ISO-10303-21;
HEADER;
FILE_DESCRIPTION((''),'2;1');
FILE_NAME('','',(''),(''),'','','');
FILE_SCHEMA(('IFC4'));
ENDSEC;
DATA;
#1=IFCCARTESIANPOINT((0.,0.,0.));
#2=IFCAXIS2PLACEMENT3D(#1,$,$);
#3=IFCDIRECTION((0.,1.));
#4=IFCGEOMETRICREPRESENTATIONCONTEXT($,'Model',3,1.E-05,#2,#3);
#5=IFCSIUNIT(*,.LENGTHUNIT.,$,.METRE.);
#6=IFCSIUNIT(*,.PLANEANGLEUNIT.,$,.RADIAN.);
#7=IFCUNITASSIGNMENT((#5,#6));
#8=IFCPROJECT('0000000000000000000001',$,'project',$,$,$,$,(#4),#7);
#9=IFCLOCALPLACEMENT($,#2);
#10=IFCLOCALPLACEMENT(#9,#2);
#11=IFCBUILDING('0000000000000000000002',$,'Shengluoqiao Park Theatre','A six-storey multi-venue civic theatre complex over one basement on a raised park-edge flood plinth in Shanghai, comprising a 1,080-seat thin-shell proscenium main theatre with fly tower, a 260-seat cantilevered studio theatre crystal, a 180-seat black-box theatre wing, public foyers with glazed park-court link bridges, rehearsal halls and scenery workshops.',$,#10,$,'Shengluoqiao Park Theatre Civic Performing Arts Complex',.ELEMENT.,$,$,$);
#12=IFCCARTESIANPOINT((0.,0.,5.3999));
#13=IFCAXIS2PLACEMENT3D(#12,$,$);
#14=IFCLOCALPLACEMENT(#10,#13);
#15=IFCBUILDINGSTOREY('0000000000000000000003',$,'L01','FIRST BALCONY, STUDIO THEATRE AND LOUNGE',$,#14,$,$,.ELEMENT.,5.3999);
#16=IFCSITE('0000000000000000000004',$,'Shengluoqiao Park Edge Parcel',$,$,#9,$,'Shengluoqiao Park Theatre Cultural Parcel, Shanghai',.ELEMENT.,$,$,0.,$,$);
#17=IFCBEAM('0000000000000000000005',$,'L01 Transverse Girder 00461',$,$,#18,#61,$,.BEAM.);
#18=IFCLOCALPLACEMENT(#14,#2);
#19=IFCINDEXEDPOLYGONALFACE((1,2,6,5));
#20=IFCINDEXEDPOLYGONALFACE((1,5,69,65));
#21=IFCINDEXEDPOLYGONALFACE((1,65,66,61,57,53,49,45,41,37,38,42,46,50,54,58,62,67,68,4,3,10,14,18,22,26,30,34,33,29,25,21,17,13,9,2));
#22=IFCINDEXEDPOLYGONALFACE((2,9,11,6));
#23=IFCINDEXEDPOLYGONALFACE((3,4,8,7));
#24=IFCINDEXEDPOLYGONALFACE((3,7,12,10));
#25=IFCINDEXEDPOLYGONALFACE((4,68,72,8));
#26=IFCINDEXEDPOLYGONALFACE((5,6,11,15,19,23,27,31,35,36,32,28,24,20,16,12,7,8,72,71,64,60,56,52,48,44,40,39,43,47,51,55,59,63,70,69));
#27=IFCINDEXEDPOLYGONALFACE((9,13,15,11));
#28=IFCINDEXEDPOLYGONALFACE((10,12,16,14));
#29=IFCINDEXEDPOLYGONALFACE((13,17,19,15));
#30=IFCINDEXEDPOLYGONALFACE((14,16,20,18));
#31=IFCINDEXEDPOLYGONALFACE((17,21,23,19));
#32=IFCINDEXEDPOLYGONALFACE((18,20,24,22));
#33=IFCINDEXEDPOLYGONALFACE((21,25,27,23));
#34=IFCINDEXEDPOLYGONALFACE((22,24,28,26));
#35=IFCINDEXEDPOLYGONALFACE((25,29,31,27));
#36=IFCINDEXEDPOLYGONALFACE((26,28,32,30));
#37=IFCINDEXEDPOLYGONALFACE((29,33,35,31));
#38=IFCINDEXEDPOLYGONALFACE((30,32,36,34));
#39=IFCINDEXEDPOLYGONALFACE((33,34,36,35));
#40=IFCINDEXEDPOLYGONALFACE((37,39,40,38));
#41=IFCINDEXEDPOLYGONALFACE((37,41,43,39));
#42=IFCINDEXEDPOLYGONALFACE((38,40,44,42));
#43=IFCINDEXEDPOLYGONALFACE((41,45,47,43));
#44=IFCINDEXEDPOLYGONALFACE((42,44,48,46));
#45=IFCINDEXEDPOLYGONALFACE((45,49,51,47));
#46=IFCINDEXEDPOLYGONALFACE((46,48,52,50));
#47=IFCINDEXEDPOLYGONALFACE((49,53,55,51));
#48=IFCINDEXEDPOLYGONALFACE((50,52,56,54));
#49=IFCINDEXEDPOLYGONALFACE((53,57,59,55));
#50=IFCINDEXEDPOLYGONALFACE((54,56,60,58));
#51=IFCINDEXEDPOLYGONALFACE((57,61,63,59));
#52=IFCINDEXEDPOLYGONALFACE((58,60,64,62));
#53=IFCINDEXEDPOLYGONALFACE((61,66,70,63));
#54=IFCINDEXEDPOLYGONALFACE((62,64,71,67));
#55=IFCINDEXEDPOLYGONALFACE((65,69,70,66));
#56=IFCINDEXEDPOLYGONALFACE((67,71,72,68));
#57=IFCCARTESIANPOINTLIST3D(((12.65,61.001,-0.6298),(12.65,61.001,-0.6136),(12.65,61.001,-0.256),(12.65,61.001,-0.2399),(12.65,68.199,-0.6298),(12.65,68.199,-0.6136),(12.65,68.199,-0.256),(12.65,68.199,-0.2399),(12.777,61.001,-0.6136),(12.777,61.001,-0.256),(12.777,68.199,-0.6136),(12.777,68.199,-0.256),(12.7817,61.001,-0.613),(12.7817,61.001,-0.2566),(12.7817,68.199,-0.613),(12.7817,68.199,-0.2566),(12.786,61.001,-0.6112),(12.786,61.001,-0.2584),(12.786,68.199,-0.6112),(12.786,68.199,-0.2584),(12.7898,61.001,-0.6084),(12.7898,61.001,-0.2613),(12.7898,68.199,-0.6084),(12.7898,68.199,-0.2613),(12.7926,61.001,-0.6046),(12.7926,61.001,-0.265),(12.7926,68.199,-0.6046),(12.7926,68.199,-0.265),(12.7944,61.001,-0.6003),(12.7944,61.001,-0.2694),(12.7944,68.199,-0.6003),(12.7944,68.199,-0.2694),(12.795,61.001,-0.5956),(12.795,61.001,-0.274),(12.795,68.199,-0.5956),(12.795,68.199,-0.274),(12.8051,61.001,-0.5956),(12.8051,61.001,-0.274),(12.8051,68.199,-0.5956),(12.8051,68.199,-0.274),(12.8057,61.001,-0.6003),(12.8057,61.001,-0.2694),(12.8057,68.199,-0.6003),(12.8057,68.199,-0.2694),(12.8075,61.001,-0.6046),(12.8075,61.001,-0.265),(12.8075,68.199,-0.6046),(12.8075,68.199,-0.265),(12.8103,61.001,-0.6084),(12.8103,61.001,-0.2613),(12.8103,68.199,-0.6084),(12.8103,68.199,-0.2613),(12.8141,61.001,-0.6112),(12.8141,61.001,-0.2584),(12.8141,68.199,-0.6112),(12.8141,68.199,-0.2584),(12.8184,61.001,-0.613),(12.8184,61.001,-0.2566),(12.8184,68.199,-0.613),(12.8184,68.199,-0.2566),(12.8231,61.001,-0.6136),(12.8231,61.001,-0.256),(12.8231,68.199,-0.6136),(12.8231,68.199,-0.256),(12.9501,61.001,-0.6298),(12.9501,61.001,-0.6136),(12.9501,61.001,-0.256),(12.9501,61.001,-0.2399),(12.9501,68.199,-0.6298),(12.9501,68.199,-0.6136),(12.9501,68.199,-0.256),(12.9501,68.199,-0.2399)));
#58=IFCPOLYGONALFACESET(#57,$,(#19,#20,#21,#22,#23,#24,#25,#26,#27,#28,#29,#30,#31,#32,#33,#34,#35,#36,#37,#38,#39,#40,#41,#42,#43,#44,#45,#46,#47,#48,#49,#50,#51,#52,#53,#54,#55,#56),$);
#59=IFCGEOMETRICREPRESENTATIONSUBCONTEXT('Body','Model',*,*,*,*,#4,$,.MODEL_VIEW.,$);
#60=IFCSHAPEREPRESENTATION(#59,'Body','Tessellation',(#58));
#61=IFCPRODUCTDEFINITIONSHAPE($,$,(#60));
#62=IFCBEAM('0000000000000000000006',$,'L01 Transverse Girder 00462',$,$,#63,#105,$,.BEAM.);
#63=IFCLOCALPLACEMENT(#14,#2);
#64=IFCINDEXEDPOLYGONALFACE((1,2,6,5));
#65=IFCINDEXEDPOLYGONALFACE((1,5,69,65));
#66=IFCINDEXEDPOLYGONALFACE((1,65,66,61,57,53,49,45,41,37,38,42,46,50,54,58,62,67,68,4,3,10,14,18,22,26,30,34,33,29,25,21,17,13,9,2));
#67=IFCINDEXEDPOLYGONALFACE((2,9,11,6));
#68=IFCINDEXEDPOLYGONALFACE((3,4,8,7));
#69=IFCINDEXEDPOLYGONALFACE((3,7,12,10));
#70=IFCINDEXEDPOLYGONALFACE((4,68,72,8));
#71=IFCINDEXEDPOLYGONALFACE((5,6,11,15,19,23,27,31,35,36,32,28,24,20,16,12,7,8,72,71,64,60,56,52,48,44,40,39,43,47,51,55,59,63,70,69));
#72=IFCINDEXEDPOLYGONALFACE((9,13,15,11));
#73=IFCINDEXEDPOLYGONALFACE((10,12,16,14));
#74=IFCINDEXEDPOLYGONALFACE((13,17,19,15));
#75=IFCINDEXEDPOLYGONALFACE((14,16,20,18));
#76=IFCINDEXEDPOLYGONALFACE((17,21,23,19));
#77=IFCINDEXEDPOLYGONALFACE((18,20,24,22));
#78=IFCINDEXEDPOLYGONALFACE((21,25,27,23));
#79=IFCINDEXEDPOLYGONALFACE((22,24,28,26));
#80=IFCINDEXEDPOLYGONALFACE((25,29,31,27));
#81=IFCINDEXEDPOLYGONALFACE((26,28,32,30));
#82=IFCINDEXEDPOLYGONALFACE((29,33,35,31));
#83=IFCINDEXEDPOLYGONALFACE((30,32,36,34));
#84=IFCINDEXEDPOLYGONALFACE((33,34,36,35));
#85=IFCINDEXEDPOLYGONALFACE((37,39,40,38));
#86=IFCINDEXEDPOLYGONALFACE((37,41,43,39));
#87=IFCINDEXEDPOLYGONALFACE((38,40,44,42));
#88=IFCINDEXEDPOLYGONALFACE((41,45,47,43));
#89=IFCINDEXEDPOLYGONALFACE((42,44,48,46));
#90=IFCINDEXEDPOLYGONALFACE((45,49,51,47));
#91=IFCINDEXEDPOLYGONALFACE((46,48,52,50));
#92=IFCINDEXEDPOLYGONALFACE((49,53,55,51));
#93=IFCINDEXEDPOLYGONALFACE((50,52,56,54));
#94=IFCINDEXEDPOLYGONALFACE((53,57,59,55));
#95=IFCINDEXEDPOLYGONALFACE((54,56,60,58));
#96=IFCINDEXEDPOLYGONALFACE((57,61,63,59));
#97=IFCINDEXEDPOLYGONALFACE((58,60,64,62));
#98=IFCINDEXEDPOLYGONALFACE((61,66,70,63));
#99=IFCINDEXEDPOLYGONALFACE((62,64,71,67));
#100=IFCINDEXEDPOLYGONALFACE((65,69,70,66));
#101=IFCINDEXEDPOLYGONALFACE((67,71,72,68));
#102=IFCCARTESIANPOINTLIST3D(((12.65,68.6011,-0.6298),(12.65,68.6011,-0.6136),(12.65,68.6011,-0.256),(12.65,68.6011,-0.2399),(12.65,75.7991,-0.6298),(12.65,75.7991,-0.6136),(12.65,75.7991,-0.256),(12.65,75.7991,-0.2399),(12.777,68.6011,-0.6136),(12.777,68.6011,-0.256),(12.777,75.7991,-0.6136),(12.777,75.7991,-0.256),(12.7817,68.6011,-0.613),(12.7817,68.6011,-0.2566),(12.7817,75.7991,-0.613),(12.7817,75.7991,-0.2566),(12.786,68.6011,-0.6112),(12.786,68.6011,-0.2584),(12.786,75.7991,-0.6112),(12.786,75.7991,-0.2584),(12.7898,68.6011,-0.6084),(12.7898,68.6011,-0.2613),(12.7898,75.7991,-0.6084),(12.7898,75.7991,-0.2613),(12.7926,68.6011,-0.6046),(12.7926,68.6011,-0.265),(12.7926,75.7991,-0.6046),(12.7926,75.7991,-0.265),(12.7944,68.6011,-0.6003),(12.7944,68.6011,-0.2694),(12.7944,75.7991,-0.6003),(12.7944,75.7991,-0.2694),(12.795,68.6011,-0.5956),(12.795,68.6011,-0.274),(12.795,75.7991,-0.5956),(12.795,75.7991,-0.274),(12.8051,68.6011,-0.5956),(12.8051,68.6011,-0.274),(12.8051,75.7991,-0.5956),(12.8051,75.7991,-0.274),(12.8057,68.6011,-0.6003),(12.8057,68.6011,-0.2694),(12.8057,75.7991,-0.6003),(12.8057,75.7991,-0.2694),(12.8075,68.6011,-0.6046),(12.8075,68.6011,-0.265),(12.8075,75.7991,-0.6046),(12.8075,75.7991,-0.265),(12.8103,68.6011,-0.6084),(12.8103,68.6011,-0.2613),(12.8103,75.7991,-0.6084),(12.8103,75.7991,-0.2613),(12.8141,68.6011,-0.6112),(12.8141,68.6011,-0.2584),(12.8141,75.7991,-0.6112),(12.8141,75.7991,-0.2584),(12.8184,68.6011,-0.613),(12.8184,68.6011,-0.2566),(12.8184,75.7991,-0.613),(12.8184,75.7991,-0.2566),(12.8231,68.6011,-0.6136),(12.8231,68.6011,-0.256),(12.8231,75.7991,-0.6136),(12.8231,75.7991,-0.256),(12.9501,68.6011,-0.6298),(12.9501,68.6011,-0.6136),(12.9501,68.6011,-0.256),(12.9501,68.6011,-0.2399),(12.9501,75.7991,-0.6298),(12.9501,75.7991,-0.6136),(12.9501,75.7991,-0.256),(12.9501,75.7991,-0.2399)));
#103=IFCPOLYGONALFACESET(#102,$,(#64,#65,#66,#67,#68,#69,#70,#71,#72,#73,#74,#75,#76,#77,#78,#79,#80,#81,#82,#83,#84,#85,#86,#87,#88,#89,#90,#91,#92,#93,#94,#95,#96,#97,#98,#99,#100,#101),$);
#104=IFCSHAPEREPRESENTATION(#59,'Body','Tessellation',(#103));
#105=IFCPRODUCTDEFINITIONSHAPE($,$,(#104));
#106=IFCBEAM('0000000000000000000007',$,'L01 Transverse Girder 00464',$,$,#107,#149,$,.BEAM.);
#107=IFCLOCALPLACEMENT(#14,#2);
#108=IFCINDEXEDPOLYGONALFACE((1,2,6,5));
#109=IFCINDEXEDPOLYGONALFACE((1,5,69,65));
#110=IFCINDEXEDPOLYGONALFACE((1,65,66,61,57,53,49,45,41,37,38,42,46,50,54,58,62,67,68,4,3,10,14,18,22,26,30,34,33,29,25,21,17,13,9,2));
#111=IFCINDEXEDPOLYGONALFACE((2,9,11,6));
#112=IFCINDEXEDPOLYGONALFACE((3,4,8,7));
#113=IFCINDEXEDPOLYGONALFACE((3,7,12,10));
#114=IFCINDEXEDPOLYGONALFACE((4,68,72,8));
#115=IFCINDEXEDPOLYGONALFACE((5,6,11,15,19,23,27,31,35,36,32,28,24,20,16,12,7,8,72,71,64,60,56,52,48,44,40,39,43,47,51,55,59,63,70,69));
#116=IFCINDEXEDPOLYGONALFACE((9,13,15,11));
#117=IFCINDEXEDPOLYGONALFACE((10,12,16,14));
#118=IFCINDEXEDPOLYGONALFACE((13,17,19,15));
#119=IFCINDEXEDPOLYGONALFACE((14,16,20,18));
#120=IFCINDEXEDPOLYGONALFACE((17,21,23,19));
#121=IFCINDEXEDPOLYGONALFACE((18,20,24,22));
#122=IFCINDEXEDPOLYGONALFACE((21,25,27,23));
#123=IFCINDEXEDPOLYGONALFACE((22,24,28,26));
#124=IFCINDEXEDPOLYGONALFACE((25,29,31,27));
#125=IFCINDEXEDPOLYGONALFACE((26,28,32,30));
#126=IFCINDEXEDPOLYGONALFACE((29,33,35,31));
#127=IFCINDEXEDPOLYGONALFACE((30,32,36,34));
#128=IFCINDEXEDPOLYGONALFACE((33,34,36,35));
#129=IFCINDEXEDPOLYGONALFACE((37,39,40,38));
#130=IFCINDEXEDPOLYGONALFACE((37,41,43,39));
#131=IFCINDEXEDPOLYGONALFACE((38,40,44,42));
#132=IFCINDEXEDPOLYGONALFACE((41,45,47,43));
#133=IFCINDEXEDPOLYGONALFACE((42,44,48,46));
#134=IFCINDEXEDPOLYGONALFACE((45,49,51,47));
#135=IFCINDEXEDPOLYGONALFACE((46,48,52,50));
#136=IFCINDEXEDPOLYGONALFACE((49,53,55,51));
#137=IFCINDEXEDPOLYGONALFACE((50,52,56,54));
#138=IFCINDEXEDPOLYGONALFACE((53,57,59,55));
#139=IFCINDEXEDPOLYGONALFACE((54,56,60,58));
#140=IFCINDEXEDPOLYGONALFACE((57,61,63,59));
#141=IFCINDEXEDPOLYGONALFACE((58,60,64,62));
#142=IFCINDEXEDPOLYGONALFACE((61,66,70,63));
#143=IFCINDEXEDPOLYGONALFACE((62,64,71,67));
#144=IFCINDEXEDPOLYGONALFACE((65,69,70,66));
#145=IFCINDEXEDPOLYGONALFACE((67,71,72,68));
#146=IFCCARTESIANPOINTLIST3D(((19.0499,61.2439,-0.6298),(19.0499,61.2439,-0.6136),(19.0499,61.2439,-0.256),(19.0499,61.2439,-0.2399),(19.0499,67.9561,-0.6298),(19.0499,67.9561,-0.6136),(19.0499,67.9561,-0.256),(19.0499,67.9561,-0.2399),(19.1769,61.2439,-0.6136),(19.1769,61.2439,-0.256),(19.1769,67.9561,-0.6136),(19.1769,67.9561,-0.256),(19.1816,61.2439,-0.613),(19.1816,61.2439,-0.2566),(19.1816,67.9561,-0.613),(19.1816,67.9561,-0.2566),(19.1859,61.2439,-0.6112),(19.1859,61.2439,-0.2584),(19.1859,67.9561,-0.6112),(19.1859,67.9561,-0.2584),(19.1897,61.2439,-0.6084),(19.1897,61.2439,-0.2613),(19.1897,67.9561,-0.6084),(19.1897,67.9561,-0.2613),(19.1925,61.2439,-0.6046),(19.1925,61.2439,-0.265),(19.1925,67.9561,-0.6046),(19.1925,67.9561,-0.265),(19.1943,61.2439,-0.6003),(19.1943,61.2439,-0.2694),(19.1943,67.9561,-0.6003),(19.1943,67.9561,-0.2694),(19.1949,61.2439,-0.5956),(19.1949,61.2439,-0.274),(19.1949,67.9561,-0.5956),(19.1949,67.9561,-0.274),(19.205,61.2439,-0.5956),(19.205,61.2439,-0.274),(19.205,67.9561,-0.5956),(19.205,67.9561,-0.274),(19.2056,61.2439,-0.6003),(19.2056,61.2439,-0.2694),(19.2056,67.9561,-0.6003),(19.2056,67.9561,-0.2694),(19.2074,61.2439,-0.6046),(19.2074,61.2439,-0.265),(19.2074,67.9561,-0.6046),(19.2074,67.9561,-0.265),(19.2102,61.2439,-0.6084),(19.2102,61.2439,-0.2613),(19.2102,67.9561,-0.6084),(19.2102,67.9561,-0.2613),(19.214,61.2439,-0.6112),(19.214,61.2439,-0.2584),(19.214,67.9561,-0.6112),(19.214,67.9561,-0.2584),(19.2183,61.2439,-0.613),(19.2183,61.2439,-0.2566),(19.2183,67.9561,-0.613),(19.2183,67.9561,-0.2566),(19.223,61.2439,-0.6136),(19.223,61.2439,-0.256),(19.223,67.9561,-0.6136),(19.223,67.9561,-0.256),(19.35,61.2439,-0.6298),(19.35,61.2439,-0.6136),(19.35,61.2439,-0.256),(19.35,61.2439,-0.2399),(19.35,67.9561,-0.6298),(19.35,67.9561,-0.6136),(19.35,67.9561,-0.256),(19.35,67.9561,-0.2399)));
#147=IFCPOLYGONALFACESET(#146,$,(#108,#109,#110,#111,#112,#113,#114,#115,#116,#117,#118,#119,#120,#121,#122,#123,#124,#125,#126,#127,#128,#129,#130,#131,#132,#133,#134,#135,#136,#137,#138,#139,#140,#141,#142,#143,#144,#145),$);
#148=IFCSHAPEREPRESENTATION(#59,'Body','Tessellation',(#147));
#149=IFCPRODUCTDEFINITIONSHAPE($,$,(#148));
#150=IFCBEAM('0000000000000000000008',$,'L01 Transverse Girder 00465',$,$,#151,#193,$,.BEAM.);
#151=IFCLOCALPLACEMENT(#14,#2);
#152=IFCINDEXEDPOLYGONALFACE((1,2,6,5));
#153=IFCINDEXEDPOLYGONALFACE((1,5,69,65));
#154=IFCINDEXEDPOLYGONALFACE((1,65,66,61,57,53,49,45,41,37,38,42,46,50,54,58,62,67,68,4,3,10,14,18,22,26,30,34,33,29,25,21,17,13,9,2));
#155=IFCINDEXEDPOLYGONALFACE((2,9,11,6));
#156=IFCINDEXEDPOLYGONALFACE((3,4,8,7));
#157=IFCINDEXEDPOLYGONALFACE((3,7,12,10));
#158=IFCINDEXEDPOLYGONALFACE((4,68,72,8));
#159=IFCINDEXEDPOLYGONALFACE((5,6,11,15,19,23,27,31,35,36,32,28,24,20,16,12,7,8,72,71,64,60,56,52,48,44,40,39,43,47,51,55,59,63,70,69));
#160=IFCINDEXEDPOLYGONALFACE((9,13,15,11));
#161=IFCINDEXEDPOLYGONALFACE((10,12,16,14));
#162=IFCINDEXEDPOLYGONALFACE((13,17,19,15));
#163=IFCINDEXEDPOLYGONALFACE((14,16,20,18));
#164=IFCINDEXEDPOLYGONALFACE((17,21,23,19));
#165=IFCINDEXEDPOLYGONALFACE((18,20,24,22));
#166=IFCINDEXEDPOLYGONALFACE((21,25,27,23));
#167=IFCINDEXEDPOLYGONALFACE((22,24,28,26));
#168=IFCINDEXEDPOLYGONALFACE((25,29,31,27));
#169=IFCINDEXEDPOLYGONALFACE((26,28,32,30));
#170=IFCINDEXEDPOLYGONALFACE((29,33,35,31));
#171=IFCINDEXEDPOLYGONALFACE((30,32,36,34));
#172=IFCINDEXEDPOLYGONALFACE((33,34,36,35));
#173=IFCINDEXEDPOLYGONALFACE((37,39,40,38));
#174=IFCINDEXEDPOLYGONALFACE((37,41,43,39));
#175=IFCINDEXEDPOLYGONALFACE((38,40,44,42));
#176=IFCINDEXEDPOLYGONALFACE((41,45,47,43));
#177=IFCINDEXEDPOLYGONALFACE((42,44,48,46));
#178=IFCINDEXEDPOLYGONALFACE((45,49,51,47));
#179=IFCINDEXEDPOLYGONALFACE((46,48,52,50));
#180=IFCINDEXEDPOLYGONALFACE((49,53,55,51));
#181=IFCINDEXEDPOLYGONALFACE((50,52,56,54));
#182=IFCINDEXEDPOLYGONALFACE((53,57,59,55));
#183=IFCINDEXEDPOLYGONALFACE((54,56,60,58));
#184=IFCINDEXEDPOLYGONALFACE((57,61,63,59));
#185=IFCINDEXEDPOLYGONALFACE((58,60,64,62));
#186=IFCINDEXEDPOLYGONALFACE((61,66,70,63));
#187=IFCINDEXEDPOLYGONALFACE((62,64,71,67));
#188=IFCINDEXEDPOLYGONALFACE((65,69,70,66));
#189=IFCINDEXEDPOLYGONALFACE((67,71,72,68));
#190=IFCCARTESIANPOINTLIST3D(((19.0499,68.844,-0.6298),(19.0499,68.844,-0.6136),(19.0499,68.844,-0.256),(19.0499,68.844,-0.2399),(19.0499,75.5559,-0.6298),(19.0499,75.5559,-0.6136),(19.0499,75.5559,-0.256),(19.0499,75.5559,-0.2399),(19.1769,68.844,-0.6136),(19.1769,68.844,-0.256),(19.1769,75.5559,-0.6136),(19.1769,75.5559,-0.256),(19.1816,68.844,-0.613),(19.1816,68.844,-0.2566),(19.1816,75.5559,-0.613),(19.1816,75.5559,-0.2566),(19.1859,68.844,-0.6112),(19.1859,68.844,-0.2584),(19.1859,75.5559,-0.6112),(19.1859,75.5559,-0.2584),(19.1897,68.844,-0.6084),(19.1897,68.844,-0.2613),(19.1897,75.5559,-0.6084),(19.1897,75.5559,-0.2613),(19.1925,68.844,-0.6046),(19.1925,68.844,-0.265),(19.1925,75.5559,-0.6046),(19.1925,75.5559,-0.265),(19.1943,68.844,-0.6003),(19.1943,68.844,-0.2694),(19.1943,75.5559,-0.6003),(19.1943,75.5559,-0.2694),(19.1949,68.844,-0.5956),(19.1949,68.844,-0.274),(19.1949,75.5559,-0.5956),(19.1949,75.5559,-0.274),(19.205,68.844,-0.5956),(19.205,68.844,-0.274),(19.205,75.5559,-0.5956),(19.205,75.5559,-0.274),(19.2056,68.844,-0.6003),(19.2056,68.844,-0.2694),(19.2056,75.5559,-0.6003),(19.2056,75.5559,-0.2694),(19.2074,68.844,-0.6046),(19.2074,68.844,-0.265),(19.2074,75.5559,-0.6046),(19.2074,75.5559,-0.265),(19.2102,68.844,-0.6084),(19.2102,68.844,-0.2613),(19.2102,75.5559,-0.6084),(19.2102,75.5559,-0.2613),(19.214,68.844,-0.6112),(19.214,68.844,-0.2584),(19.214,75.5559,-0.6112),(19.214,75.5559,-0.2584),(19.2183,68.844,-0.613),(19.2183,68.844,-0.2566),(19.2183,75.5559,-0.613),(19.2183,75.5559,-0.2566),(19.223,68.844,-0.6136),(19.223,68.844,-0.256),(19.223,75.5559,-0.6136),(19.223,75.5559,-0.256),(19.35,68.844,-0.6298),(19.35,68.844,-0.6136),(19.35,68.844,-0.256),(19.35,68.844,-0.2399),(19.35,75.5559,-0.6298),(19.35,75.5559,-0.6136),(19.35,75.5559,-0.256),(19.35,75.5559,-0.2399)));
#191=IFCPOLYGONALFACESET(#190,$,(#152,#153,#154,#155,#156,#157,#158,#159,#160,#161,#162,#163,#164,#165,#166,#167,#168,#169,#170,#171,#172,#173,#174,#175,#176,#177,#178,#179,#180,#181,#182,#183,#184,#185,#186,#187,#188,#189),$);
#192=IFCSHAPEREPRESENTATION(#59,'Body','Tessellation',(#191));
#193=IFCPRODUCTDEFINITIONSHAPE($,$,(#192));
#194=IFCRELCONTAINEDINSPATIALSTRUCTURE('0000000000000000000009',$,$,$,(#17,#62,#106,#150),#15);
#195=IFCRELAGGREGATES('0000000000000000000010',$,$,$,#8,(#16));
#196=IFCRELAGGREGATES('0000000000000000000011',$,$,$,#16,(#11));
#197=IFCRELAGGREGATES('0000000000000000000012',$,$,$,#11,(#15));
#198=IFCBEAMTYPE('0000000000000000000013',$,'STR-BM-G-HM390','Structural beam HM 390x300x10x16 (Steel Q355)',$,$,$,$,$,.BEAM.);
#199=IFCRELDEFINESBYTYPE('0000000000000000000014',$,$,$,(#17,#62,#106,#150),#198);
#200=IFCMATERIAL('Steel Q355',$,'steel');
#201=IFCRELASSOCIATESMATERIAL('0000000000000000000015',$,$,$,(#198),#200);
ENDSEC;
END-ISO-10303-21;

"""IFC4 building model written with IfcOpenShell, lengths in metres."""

from ifc_helpers import new_model, si_unit, direction, frame, origin, origin_2d, place, context, subcontext, project, spatial, i_section, extrude, material, material_profile, profile_set, type_object, element, save


model = new_model("IFC4")

# Units and contexts
model_context = context("Model", 3, precision=1e-05, world=origin(), true_north=direction((0.0, 1.0)))
body_context = subcontext(model_context, "Body", "Model", "MODEL_VIEW")
ifc_project = project(units=[si_unit("LENGTHUNIT", "METRE"), si_unit("PLANEANGLEUNIT", "RADIAN")], contexts=[model_context])

# Site, building, storey
site_placement = place(None, origin())
site = spatial("IfcSite", under=ifc_project, at=site_placement, Name="Shengluoqiao Park Edge Parcel", LongName="Shengluoqiao Park Theatre Cultural Parcel, Shanghai", CompositionType="ELEMENT", RefElevation=0.0)
building_placement = place(site_placement, origin())
building = spatial("IfcBuilding", under=site, at=building_placement, Name="Shengluoqiao Park Theatre", Description="A six-storey multi-venue civic theatre complex over one basement on a raised park-edge flood plinth in Shanghai, comprising a 1,080-seat thin-shell proscenium main theatre with fly tower, a 260-seat cantilevered studio theatre crystal, a 180-seat black-box theatre wing, public foyers with glazed park-court link bridges, rehearsal halls and scenery workshops.", LongName="Shengluoqiao Park Theatre Civic Performing Arts Complex", CompositionType="ELEMENT")
storey_placement = place(building_placement, frame((0.0, 0.0, 5.3999)))
storey = spatial("IfcBuildingStorey", under=building, at=storey_placement, Name="L01", Description="FIRST BALCONY, STUDIO THEATRE AND LOUNGE", CompositionType="ELEMENT", Elevation=5.3999)

# Shared definitions
ifc_material_1 = material(Name="Steel Q355", Category="steel")

# Beams
ifc_material_profile_1 = material_profile(ifc_material_1, i_section(OverallWidth=0.3, OverallDepth=0.3899, WebThickness=0.01, FlangeThickness=0.0161, FilletRadius=0.0181, at=origin_2d()), Name="HM 390x300x10x16")
ifc_profile_set_1 = profile_set([ifc_material_profile_1], Name="Steel Q355")
beam_type_1 = type_object("IfcBeamType", Name="STR-BM-G-HM390", Description="Structural beam HM 390x300x10x16 (Steel Q355)", PredefinedType="BEAM", material=ifc_profile_set_1)
for number, where, z_axis, x_axis, name in (
    (1, (12.8, 61.001, -0.4348), (0.0, 1.0, 0.0), (-1.0, 0.0, 0.0), "L01 Transverse Girder 00461"),
    (2, (12.8, 68.6011, -0.4348), (0.0, 1.0, 0.0), (-1.0, 0.0, 0.0), "L01 Transverse Girder 00462"),
):
    element("IfcBeam", number, at=place(storey_placement, frame(where, z_axis=z_axis, x_axis=x_axis)), inside=storey, type_object=beam_type_1, Name=name, PredefinedType="BEAM", context=body_context, shape_type="SweptSolid", body=[
        extrude(i_section(OverallWidth=0.3, OverallDepth=0.3899, WebThickness=0.01, FlangeThickness=0.0161, FilletRadius=0.0181, at=origin_2d()), origin(), (0.0, 0.0, 1.0), 7.198),
    ])
beam_1_placement = place(storey_placement, frame((19.2, 61.2439, -0.4348), z_axis=(0.0, 1.0, 0.0), x_axis=(-1.0, 0.0, 0.0)))
element("IfcBeam", 3, at=beam_1_placement, inside=storey, type_object=beam_type_1, Name="L01 Transverse Girder 00464", PredefinedType="BEAM", context=body_context, shape_type="SweptSolid", body=[
    extrude(i_section(OverallWidth=0.3, OverallDepth=0.3899, WebThickness=0.01, FlangeThickness=0.0161, FilletRadius=0.0181, at=origin_2d()), origin(), (0.0, 0.0, 1.0), 6.7122),
])
for number, where, z_axis, x_axis, name in (
    (4, (19.2, 68.844, -0.4348), (0.0, 1.0, 0.0), (-1.0, 0.0, 0.0), "L01 Transverse Girder 00465"),
):
    element("IfcBeam", number, at=place(storey_placement, frame(where, z_axis=z_axis, x_axis=x_axis)), inside=storey, type_object=beam_type_1, Name=name, PredefinedType="BEAM", context=body_context, shape_type="SweptSolid", body=[
        extrude(i_section(OverallWidth=0.3, OverallDepth=0.3899, WebThickness=0.01, FlangeThickness=0.0161, FilletRadius=0.0181, at=origin_2d()), origin(), (0.0, 0.0, 1.0), 6.7119),
    ])

save(model, "model.ifc")
